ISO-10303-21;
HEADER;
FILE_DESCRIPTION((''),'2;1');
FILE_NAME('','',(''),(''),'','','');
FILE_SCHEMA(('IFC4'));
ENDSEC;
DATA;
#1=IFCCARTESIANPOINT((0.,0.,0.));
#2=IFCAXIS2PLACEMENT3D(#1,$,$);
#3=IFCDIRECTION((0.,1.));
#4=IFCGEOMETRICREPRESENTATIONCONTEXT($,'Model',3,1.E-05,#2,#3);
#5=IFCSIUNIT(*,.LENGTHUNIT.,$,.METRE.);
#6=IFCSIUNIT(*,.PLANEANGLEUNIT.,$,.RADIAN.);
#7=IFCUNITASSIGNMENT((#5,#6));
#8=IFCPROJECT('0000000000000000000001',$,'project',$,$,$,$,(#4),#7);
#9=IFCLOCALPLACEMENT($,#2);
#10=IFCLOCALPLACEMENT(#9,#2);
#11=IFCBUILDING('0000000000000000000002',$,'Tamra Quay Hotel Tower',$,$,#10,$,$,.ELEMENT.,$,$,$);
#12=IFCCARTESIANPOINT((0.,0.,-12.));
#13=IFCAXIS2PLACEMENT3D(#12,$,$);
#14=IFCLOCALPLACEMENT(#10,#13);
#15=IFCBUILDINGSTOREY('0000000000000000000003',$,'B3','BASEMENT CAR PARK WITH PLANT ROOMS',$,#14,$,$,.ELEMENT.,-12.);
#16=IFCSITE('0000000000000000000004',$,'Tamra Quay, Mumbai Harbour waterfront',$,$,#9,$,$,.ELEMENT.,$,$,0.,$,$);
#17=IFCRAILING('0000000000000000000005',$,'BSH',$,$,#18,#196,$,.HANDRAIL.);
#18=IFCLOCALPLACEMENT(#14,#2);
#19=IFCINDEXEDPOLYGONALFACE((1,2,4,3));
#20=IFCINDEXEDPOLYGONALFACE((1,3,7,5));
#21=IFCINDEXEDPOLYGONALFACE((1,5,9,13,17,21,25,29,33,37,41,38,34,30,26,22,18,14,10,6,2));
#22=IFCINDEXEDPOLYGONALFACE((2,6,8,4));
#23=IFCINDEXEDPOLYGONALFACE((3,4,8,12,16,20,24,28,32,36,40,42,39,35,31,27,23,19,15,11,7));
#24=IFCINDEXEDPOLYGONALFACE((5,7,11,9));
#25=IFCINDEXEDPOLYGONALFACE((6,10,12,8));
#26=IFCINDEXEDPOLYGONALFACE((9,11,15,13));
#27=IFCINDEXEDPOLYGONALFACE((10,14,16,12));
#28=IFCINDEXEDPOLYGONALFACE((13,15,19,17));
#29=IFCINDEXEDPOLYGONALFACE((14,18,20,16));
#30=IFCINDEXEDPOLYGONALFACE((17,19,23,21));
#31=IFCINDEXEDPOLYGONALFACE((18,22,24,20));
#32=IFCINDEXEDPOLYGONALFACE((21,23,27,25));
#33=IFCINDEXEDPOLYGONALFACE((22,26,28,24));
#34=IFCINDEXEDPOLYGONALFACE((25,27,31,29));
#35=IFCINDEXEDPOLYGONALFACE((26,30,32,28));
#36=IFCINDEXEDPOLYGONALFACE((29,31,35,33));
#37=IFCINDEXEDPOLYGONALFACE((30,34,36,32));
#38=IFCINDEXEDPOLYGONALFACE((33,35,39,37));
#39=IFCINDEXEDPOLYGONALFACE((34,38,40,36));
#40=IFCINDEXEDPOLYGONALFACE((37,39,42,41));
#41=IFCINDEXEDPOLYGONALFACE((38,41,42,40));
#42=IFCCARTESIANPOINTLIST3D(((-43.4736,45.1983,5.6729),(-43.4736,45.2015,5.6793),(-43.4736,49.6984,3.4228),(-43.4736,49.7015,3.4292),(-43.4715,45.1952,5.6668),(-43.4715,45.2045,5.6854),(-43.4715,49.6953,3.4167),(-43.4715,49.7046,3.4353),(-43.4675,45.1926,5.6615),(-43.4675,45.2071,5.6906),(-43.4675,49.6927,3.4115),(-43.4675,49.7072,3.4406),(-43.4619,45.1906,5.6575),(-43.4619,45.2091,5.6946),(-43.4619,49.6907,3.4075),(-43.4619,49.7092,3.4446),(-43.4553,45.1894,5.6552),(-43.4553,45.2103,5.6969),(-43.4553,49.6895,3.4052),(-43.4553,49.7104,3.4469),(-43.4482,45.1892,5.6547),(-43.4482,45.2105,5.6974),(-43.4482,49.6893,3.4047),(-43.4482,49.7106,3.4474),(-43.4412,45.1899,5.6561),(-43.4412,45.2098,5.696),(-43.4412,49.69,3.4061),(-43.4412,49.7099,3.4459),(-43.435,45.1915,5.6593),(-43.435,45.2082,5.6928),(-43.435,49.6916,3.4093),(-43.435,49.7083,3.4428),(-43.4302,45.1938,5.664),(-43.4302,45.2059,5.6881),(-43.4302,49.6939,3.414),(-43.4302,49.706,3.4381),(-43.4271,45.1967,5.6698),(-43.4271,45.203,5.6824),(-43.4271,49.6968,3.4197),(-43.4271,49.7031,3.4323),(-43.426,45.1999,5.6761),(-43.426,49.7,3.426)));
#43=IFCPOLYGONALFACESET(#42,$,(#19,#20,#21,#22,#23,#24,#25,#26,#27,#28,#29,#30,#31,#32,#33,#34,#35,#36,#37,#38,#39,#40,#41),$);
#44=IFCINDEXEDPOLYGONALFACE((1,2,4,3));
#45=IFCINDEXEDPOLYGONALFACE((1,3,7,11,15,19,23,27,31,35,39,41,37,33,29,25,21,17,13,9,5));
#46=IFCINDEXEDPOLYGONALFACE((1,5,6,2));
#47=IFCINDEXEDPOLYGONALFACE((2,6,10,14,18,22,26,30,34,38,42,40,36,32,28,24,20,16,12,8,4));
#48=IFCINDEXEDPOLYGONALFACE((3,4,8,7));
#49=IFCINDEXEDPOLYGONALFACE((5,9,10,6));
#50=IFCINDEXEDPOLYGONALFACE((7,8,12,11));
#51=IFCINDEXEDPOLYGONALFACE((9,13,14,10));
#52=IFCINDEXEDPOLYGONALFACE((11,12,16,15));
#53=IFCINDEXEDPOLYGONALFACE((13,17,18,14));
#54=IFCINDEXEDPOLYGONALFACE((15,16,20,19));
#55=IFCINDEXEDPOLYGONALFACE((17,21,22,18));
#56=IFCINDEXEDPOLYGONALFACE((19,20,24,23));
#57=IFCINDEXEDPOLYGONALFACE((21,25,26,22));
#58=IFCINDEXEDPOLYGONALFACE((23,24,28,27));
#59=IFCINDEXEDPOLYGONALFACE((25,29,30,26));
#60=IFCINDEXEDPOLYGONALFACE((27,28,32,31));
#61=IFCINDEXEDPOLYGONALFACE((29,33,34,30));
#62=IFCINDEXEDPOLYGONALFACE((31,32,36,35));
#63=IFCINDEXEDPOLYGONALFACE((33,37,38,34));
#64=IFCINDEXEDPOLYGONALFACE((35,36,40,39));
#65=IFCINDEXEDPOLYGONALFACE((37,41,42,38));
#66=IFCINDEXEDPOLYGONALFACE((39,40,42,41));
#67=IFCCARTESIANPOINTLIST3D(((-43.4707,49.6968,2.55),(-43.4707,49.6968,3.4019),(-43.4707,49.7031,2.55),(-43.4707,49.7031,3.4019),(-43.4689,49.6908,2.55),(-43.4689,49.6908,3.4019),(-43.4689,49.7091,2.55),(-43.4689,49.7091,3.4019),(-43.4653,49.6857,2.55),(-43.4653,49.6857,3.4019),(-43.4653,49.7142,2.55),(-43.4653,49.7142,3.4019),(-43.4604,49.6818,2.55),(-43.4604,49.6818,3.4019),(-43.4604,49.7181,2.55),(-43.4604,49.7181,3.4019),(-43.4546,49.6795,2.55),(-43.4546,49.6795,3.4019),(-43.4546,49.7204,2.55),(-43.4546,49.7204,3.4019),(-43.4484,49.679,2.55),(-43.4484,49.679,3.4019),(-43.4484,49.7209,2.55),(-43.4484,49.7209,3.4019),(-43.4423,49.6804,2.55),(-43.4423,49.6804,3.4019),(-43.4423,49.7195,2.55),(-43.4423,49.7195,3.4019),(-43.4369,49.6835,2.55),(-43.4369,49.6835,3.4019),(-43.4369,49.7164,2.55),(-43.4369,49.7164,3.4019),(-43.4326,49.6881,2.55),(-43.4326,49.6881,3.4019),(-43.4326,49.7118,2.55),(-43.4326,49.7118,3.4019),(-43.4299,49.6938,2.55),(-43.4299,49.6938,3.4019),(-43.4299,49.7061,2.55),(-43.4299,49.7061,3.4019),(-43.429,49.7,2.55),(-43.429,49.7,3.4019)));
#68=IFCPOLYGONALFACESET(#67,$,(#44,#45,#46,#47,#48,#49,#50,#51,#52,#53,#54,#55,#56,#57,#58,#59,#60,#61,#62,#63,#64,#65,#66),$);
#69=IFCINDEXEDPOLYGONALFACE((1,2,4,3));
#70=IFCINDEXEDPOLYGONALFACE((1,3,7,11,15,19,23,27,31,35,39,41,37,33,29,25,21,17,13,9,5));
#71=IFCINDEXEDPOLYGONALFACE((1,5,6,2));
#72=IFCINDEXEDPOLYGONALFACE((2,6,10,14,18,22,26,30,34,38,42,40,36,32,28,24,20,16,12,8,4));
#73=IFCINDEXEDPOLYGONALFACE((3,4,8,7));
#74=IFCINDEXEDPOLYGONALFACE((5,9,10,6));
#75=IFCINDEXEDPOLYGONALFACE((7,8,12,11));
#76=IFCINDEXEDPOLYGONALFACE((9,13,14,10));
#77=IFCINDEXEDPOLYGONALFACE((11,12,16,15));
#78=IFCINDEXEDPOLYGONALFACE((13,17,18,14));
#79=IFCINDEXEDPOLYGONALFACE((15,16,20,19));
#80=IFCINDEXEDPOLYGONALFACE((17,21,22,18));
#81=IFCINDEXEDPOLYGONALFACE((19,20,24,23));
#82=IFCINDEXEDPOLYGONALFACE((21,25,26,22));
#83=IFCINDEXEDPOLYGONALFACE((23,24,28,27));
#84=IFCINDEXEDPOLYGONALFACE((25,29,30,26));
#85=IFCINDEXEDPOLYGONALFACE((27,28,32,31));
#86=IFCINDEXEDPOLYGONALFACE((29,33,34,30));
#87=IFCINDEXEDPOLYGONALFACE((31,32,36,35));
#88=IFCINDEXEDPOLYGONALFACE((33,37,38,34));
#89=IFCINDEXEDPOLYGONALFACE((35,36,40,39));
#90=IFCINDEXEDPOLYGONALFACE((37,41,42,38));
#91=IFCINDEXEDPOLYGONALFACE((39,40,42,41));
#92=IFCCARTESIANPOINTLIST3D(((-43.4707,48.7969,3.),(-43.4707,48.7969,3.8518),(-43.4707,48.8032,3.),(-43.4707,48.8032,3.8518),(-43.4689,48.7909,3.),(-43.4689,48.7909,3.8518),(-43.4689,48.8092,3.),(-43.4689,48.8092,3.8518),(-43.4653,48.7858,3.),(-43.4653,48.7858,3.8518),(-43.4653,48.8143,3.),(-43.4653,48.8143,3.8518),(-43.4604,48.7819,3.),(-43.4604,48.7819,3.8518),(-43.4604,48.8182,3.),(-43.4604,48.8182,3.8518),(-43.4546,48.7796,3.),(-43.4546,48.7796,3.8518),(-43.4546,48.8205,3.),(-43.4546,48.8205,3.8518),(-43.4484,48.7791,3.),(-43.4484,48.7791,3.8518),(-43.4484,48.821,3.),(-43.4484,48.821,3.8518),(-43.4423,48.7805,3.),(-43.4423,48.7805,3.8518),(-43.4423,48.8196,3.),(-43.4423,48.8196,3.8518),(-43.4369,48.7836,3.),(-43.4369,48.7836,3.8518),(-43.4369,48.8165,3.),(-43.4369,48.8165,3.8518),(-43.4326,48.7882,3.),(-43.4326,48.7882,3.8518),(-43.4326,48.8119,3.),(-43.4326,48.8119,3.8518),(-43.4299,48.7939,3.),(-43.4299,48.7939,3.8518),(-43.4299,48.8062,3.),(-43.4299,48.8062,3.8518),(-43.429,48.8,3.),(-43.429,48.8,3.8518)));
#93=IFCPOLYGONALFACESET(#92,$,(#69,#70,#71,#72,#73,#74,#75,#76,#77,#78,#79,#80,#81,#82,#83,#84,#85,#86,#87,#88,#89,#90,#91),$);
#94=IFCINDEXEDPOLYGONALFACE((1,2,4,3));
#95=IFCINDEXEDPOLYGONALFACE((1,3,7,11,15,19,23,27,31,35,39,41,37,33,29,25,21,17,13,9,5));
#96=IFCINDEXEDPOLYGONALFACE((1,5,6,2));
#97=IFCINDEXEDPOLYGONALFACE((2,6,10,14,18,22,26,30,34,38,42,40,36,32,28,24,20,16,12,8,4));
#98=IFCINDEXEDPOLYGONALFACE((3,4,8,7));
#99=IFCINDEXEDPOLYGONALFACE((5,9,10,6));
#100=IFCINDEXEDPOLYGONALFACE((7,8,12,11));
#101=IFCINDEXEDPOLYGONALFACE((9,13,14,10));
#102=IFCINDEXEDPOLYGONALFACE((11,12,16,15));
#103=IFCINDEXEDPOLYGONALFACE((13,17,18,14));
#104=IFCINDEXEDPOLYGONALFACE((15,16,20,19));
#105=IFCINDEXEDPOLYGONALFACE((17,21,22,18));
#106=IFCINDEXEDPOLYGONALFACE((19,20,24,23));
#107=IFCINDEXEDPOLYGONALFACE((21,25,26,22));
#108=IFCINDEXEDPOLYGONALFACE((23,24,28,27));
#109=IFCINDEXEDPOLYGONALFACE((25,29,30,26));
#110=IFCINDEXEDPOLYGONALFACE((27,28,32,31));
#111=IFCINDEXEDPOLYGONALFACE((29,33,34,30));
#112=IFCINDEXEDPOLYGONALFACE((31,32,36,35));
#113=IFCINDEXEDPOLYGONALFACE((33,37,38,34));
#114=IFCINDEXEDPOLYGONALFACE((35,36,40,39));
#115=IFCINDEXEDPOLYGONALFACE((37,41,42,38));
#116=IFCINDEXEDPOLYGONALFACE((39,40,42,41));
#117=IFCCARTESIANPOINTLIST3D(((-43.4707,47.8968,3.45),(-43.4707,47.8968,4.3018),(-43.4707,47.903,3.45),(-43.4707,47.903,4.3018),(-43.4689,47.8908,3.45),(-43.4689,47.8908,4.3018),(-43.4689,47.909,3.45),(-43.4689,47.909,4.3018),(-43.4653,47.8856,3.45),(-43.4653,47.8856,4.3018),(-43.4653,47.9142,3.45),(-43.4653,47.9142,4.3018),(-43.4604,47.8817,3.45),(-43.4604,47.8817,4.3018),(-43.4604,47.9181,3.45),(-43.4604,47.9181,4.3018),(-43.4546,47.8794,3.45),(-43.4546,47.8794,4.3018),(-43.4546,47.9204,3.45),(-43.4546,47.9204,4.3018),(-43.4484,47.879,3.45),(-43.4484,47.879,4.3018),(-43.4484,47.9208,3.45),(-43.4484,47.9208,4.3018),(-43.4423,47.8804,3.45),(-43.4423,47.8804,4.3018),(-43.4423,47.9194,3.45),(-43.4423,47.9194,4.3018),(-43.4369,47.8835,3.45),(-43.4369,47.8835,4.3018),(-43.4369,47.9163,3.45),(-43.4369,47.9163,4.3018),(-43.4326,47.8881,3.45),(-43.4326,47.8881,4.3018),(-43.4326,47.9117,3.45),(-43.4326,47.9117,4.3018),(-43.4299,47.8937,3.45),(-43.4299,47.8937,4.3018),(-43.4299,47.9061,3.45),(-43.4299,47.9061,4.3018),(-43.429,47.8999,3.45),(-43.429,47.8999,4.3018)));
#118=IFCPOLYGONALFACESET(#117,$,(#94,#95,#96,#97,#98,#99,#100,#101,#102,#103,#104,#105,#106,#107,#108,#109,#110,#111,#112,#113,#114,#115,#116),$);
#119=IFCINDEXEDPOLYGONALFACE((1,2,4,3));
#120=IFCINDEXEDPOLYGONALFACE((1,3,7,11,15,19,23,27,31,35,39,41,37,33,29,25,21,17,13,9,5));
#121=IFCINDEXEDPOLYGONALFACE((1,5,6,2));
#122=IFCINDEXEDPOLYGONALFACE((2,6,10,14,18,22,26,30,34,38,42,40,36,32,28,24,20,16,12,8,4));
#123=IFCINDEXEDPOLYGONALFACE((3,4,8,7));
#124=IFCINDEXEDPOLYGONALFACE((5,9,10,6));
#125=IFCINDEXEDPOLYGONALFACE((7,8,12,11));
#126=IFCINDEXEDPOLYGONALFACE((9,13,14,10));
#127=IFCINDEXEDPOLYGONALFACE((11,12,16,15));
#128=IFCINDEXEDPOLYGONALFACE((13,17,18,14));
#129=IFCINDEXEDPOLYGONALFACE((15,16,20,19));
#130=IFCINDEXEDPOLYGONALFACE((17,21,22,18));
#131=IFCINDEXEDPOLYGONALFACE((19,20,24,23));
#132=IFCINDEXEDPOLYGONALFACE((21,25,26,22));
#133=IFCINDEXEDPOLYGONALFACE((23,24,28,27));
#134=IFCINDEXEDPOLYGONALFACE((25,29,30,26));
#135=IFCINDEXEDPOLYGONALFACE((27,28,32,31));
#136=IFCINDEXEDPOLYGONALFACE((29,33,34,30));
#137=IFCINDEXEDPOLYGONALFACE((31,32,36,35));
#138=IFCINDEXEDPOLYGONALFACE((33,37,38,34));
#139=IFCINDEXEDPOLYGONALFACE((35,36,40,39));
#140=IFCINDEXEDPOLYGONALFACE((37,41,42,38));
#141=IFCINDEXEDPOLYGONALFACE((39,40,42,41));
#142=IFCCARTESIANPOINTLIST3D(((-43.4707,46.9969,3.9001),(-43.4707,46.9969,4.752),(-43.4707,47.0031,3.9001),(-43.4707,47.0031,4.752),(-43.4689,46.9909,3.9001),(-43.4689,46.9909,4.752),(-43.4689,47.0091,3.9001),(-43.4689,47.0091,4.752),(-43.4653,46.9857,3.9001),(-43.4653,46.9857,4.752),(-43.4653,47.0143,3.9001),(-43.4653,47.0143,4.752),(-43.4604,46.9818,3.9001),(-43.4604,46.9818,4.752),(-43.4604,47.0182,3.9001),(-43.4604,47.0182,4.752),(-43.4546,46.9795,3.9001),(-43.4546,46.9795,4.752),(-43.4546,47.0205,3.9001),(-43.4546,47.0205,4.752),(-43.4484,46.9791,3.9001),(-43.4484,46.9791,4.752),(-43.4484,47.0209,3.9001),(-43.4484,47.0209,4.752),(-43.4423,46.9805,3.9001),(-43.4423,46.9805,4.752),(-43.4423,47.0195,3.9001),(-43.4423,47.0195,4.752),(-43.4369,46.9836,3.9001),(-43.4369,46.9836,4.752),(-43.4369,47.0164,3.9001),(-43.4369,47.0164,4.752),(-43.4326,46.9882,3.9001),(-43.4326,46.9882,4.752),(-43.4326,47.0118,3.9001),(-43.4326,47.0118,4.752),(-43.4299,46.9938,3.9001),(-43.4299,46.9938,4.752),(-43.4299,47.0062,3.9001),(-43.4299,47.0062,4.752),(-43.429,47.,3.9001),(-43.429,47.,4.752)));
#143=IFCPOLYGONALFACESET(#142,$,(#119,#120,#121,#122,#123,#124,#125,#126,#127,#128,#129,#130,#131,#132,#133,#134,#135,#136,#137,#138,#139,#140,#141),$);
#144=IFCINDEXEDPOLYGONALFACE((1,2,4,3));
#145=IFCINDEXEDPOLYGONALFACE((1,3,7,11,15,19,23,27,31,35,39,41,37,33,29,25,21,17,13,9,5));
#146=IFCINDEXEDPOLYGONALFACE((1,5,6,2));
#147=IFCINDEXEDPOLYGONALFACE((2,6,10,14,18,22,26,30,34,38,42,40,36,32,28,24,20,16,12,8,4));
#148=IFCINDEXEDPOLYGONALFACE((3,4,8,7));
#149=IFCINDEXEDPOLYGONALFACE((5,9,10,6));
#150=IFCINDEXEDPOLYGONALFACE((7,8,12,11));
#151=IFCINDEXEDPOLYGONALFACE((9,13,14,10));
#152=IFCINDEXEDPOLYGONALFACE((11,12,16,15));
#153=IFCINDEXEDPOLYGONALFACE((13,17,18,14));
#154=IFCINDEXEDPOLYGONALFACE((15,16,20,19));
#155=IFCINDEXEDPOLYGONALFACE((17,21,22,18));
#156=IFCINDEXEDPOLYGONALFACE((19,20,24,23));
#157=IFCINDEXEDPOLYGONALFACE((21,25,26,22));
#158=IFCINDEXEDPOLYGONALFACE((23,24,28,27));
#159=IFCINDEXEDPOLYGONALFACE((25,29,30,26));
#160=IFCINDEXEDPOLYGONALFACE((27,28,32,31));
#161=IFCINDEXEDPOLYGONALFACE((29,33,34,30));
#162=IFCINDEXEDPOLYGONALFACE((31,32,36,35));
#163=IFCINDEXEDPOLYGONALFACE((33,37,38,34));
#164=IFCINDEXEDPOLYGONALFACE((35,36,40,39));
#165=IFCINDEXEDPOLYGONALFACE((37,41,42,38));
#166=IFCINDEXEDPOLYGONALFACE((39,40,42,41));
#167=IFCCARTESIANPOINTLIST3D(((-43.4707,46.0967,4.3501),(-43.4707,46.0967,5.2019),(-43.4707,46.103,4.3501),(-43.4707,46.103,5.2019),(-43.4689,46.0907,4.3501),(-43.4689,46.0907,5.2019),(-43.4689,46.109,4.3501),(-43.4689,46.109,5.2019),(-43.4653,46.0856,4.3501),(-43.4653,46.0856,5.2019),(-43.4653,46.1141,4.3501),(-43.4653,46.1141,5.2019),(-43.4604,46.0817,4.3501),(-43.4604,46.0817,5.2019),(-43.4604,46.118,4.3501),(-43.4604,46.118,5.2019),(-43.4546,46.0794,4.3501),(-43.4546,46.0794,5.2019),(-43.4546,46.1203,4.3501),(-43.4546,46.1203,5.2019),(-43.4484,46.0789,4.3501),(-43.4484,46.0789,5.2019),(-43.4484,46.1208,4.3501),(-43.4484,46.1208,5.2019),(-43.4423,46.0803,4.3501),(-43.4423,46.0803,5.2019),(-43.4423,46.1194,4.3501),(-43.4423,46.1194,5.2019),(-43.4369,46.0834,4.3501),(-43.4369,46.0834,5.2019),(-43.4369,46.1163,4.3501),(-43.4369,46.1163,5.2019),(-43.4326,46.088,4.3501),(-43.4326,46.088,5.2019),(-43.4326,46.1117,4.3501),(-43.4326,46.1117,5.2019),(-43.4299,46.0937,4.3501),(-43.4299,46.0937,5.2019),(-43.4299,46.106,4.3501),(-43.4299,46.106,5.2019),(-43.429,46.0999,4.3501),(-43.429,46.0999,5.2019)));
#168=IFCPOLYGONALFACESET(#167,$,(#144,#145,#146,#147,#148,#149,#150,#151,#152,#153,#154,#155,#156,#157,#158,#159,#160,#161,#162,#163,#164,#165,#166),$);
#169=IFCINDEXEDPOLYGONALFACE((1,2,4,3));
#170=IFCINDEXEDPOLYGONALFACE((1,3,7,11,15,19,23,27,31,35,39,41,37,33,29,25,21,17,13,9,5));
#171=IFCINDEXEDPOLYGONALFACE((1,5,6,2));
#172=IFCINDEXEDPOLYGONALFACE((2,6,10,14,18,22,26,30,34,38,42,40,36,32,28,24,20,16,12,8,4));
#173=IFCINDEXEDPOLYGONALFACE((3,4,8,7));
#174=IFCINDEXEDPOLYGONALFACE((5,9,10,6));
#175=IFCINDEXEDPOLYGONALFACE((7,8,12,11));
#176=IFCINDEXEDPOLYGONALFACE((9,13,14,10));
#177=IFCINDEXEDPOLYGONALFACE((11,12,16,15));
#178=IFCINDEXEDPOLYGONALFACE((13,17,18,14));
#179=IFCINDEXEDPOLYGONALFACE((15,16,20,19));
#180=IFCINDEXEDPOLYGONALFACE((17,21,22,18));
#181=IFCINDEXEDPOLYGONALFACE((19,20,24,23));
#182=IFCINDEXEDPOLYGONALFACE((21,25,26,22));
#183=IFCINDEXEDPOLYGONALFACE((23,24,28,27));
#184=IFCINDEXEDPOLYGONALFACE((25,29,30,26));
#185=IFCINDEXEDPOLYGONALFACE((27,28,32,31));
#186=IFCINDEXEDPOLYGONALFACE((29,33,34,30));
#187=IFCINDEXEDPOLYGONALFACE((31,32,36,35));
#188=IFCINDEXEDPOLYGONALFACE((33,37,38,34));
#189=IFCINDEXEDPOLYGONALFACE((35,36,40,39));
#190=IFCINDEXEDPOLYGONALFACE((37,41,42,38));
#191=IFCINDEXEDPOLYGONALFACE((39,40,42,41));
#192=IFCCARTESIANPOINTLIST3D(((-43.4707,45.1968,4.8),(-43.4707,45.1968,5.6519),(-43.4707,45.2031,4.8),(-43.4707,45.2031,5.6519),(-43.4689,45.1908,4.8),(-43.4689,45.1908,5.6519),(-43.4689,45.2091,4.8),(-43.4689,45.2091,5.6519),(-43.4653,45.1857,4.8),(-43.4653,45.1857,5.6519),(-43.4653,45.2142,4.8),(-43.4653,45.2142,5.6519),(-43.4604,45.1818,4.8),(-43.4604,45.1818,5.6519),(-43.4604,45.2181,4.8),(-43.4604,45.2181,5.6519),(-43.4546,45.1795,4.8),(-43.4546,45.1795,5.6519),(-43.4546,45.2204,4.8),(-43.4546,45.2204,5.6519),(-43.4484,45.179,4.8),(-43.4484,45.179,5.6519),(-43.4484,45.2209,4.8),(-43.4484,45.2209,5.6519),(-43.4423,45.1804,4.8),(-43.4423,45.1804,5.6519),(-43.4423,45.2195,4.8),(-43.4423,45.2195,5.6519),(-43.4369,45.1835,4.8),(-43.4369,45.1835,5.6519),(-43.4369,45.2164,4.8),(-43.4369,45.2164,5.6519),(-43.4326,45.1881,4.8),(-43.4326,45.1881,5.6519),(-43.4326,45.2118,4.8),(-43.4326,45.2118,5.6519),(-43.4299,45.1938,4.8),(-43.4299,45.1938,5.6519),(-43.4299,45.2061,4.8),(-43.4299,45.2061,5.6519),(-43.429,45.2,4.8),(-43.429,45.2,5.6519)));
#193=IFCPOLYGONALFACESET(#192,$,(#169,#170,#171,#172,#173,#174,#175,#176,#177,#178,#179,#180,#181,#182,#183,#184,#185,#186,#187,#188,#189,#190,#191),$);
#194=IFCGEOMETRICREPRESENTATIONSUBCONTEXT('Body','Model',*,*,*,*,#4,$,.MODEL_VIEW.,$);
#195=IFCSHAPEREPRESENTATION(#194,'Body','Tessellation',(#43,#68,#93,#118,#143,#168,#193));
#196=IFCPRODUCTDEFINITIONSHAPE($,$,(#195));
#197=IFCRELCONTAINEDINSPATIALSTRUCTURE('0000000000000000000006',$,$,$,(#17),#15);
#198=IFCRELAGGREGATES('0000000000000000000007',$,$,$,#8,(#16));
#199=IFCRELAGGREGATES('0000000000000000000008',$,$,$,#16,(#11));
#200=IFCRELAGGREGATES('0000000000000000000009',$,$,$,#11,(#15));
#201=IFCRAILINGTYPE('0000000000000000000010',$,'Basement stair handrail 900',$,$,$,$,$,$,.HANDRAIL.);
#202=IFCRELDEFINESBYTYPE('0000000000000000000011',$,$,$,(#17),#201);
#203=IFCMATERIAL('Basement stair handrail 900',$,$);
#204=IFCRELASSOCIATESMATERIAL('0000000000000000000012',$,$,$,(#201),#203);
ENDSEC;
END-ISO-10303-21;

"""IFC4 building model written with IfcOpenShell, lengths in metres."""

from ifc_helpers import new_model, si_unit, direction, frame, origin, origin_2d, place, context, subcontext, project, spatial, circle, extrude, material, type_object, element, save


model = new_model("IFC4")

# Units and contexts
model_context = context("Model", 3, precision=1e-05, world=origin(), true_north=direction((0.0, 1.0)))
body_context = subcontext(model_context, "Body", "Model", "MODEL_VIEW")
ifc_project = project(units=[si_unit("LENGTHUNIT", "METRE"), si_unit("PLANEANGLEUNIT", "RADIAN")], contexts=[model_context])

# Site, building, storey
site_placement = place(None, origin())
site = spatial("IfcSite", under=ifc_project, at=site_placement, Name="Tamra Quay, Mumbai Harbour waterfront", CompositionType="ELEMENT", RefElevation=0.0)
building_placement = place(site_placement, origin())
building = spatial("IfcBuilding", under=site, at=building_placement, Name="Tamra Quay Hotel Tower", CompositionType="ELEMENT")
storey_placement = place(building_placement, frame((0.0, 0.0, -12.0)))
storey = spatial("IfcBuildingStorey", under=building, at=storey_placement, Name="B3", Description="BASEMENT CAR PARK WITH PLANT ROOMS", CompositionType="ELEMENT", Elevation=-12.0)

# Railing
ifc_material_1 = material(Name="Basement stair handrail 900")
railing_type_1 = type_object("IfcRailingType", Name="Basement stair handrail 900", PredefinedType="HANDRAIL", material=ifc_material_1)
railing_1_placement = place(storey_placement, frame((-43.45, 49.7, 2.55)))
element("IfcRailing", 1, at=railing_1_placement, inside=storey, type_object=railing_type_1, Name="BSH", PredefinedType="HANDRAIL", context=body_context, shape_type="SweptSolid", body=[
    extrude(circle(Radius=0.0239, at=origin_2d()), frame((0.0, 0.0, 0.876), z_axis=(0.0, -0.894427, 0.447214), x_axis=(1.0, 0.0, 0.0)), (0.0, 0.0, 1.0), 5.0312),
    extrude(circle(Radius=0.021, at=origin_2d()), origin(), (0.0, 0.0, 1.0), 0.8518),
    extrude(circle(Radius=0.021, at=origin_2d()), frame((0.0, -0.8999, 0.45)), (0.0, 0.0, 1.0), 0.8518),
    extrude(circle(Radius=0.021, at=origin_2d()), frame((0.0, -1.8, 0.8999)), (0.0, 0.0, 1.0), 0.8518),
    extrude(circle(Radius=0.021, at=origin_2d()), frame((0.0, -2.7, 1.3501)), (0.0, 0.0, 1.0), 0.8518),
    extrude(circle(Radius=0.021, at=origin_2d()), frame((0.0, -3.6001, 1.8)), (0.0, 0.0, 1.0), 0.8518),
    extrude(circle(Radius=0.021, at=origin_2d()), frame((0.0, -4.5, 2.25)), (0.0, 0.0, 1.0), 0.8518),
])

save(model, "model.ifc")
